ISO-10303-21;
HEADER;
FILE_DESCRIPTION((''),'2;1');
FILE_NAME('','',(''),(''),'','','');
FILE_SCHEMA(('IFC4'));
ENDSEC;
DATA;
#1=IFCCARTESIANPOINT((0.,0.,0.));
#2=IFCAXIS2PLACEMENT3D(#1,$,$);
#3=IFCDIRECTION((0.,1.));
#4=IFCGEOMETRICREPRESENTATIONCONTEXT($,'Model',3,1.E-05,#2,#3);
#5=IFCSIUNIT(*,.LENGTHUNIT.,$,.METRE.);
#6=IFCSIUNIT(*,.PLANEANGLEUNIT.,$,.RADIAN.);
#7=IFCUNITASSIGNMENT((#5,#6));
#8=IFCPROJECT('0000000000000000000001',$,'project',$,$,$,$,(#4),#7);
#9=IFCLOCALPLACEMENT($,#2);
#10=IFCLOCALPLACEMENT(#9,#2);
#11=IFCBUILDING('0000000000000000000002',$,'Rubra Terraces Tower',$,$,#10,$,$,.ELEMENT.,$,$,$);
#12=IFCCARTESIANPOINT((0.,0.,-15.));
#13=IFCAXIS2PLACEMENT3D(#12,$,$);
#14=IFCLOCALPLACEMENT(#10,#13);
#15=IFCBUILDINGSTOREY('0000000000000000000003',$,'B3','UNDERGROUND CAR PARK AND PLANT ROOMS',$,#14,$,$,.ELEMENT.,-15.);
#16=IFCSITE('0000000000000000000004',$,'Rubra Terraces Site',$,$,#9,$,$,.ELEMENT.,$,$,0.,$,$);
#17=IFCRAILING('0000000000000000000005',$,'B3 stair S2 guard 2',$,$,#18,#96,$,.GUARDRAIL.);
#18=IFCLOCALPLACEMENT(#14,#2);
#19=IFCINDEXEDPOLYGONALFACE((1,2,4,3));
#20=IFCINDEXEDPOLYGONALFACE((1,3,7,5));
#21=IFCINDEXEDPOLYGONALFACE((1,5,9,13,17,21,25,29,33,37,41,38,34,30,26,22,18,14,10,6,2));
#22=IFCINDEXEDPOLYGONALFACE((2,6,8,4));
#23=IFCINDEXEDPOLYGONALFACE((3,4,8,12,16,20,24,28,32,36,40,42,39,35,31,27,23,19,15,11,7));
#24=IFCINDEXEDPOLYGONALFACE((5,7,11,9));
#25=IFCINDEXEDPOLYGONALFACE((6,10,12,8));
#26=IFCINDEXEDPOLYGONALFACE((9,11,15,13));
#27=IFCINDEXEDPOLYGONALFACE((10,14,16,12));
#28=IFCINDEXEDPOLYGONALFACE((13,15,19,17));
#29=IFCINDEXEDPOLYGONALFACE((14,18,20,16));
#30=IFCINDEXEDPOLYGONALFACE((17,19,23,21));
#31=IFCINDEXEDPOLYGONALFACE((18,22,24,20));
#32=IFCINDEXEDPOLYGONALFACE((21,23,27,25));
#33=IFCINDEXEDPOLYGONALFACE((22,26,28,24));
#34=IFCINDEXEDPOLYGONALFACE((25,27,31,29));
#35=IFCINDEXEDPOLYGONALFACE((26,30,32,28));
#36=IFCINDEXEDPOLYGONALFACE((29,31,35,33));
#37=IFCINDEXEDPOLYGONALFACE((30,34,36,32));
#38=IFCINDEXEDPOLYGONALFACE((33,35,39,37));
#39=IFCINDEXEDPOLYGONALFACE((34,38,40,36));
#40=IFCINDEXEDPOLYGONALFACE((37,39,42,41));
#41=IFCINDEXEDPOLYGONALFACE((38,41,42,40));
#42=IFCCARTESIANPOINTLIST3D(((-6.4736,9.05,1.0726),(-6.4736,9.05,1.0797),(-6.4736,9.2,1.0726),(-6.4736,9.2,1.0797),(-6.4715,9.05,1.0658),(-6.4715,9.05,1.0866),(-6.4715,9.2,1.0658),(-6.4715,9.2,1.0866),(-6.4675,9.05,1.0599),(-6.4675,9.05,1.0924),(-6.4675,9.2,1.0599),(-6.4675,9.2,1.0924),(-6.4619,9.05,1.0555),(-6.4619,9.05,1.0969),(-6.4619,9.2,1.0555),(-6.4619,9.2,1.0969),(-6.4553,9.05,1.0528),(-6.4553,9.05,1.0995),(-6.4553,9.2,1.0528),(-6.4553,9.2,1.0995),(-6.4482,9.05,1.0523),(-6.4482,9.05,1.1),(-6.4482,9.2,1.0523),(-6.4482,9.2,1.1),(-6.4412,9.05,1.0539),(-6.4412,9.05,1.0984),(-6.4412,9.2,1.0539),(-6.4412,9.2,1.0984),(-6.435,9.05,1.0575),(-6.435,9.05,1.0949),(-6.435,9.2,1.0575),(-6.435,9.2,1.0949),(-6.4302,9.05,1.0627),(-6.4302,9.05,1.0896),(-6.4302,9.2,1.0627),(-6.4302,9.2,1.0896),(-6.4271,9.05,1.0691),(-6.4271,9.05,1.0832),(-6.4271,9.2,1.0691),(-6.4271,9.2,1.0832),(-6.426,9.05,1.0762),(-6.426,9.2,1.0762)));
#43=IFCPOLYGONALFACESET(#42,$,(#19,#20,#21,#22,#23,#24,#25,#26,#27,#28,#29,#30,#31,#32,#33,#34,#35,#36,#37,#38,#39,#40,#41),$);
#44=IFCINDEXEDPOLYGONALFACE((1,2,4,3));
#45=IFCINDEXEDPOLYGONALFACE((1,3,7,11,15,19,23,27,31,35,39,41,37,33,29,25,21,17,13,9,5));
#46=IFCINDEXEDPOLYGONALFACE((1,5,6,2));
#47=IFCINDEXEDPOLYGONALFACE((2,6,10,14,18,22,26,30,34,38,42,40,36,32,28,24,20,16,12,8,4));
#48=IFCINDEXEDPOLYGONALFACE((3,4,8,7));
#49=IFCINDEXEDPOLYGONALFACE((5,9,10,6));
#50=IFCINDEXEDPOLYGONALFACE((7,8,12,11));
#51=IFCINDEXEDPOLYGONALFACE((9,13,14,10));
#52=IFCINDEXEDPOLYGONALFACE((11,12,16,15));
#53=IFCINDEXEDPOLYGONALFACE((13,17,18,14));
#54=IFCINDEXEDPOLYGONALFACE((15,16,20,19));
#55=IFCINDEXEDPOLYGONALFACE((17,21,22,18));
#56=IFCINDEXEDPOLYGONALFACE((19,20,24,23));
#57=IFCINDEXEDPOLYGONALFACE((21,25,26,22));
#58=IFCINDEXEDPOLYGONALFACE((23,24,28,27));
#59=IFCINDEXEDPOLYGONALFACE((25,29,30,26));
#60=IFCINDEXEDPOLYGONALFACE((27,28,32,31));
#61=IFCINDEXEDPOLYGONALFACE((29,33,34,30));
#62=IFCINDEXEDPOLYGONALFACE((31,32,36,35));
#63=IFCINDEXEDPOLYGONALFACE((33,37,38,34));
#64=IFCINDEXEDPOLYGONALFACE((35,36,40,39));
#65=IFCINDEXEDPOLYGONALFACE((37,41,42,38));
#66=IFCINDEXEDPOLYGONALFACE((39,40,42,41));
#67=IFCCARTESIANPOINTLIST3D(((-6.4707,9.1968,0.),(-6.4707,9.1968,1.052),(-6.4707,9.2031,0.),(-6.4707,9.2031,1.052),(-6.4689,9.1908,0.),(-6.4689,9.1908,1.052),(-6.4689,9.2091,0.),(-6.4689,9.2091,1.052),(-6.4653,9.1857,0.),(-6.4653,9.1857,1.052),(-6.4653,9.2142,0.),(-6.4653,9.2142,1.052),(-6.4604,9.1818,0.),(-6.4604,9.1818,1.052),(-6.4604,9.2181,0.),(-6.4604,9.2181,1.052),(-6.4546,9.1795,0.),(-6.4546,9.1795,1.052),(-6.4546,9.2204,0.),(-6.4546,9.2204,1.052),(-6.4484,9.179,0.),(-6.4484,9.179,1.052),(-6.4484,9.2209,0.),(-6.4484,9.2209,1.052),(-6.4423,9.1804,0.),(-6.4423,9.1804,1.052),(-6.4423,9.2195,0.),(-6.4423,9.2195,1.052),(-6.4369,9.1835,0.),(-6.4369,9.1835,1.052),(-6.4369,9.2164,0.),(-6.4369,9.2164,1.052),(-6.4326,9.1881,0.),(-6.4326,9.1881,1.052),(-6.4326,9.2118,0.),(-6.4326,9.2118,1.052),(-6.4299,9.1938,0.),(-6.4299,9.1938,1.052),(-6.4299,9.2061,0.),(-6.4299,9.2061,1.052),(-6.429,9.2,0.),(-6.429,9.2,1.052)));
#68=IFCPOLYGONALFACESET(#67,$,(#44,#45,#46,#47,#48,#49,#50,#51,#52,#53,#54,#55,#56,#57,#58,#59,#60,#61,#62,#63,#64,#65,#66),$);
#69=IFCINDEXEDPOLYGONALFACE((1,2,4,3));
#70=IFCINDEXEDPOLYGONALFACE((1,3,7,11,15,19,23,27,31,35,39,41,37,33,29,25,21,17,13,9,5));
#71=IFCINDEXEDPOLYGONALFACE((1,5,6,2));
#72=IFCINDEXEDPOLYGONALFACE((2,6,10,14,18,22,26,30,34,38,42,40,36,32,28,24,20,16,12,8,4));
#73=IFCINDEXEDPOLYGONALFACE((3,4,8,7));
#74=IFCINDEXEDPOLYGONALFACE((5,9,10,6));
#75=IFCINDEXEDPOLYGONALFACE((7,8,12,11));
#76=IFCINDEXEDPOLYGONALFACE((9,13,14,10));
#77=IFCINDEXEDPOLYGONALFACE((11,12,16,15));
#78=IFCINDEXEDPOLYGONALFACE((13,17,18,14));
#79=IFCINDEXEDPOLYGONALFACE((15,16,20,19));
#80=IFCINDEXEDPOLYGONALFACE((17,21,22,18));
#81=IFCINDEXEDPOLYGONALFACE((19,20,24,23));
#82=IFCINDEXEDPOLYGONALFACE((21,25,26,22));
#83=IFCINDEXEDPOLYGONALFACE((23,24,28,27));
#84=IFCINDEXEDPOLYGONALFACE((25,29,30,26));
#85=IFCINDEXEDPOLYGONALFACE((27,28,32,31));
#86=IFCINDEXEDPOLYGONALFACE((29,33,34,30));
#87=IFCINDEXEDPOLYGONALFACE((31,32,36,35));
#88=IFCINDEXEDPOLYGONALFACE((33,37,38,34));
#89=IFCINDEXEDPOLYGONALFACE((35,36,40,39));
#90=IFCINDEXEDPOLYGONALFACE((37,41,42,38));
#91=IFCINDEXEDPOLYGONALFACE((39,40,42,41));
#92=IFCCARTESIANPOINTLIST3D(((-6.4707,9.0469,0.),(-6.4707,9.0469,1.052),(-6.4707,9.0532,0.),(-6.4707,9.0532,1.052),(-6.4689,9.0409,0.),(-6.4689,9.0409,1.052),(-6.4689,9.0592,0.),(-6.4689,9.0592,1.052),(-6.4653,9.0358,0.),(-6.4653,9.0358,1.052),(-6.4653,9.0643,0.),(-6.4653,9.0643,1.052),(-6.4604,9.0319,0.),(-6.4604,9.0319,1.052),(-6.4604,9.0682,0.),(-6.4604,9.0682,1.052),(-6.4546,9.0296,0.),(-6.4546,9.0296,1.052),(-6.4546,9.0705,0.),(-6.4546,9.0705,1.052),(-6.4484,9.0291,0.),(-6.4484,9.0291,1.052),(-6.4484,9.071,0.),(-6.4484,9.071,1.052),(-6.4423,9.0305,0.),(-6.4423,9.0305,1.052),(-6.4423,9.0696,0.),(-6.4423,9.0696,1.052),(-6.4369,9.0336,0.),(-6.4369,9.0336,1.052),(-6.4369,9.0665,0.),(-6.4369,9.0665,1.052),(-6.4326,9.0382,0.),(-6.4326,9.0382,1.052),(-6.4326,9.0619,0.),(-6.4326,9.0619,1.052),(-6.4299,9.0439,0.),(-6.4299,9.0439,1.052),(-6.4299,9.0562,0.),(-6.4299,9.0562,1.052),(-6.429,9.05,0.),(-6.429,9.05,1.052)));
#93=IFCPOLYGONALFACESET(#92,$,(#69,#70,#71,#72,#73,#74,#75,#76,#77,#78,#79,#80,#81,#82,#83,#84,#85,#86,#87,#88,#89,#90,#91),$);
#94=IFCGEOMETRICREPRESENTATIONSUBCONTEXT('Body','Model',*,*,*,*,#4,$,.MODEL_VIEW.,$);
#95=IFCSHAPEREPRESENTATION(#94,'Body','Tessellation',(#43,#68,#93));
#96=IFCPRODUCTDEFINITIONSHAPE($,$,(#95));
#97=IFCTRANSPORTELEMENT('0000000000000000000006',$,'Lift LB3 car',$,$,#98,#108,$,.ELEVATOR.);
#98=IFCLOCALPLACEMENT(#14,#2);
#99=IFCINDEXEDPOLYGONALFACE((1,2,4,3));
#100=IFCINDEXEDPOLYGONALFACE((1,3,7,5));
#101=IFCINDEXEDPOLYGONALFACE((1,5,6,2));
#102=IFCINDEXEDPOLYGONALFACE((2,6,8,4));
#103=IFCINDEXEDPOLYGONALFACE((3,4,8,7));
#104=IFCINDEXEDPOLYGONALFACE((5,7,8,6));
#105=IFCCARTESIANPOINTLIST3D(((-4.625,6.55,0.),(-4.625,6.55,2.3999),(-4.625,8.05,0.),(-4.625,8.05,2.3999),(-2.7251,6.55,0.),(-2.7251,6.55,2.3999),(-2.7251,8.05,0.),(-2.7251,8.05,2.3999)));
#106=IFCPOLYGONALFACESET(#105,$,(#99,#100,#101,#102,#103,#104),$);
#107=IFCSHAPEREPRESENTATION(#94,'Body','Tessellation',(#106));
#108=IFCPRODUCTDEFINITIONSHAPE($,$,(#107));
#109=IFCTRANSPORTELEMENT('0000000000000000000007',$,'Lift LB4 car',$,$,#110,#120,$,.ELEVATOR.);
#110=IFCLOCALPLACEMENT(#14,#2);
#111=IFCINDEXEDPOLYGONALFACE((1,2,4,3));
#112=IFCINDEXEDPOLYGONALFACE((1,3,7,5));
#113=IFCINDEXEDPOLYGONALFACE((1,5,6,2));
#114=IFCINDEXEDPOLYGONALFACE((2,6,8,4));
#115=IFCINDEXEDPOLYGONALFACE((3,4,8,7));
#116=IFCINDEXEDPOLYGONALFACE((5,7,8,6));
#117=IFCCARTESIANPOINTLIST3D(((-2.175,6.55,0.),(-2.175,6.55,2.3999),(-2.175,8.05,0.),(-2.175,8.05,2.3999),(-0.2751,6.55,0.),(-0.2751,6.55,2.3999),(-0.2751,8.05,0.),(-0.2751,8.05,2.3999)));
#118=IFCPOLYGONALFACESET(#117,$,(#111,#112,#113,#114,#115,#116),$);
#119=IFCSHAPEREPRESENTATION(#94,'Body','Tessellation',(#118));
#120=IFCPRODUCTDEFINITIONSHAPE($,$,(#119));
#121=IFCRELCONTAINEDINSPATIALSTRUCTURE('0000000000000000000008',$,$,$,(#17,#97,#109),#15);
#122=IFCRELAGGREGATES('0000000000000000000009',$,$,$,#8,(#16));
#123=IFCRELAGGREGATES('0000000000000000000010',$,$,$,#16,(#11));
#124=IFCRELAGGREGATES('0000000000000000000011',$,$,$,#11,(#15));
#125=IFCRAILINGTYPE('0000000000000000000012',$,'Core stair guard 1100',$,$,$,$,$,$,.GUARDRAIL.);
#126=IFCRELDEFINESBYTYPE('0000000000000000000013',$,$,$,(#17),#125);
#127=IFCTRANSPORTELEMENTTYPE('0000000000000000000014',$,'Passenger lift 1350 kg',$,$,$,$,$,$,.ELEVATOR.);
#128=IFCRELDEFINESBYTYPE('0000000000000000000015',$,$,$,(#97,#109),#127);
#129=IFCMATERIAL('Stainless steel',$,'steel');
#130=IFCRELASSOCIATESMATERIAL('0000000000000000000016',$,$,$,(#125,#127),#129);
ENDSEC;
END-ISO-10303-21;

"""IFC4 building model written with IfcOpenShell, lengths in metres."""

from ifc_helpers import new_model, si_unit, direction, frame, origin, origin_2d, place, context, subcontext, project, spatial, rectangle, circle, extrude, material, type_object, element, save


model = new_model("IFC4")

# Units and contexts
model_context = context("Model", 3, precision=1e-05, world=origin(), true_north=direction((0.0, 1.0)))
body_context = subcontext(model_context, "Body", "Model", "MODEL_VIEW")
ifc_project = project(units=[si_unit("LENGTHUNIT", "METRE"), si_unit("PLANEANGLEUNIT", "RADIAN")], contexts=[model_context])

# Site, building, storey
site_placement = place(None, origin())
site = spatial("IfcSite", under=ifc_project, at=site_placement, Name="Rubra Terraces Site", CompositionType="ELEMENT", RefElevation=0.0)
building_placement = place(site_placement, origin())
building = spatial("IfcBuilding", under=site, at=building_placement, Name="Rubra Terraces Tower", CompositionType="ELEMENT")
storey_placement = place(building_placement, frame((0.0, 0.0, -15.0)))
storey = spatial("IfcBuildingStorey", under=building, at=storey_placement, Name="B3", Description="UNDERGROUND CAR PARK AND PLANT ROOMS", CompositionType="ELEMENT", Elevation=-15.0)

# Shared definitions
ifc_material_1 = material(Name="Stainless steel", Category="steel")

# Railing
railing_type_1 = type_object("IfcRailingType", Name="Core stair guard 1100", PredefinedType="GUARDRAIL", material=ifc_material_1)
railing_1_placement = place(storey_placement, frame((-6.45, 9.2, 0.0)))
element("IfcRailing", 1, at=railing_1_placement, inside=storey, type_object=railing_type_1, Name="B3 stair S2 guard 2", PredefinedType="GUARDRAIL", context=body_context, shape_type="SweptSolid", body=[
    extrude(circle(Radius=0.0239, at=origin_2d()), frame((0.0, 0.0, 1.0762), z_axis=(0.0, -1.0, 0.0), x_axis=(1.0, 0.0, 0.0)), (0.0, 0.0, 1.0), 0.1499),
    extrude(circle(Radius=0.021, at=origin_2d()), origin(), (0.0, 0.0, 1.0), 1.052),
    extrude(circle(Radius=0.021, at=origin_2d()), frame((0.0, -0.1499, 0.0)), (0.0, 0.0, 1.0), 1.052),
])

# Transport elements
transport_element_type = type_object("IfcTransportElementType", Name="Passenger lift 1350 kg", PredefinedType="ELEVATOR", material=ifc_material_1)
for number, where, z_axis, x_axis, name in (
    (2, (-3.675, 7.3, 0.0), (0.0, 0.0, 1.0), (1.0, 0.0, 0.0), "Lift LB3 car"),
    (3, (-1.2251, 7.3, 0.0), (0.0, 0.0, 1.0), (1.0, 0.0, 0.0), "Lift LB4 car"),
):
    element("IfcTransportElement", number, at=place(storey_placement, frame(where, z_axis=z_axis, x_axis=x_axis)), inside=storey, type_object=transport_element_type, Name=name, PredefinedType="ELEVATOR", context=body_context, shape_type="SweptSolid", body=[
        extrude(rectangle(XDim=1.8999, YDim=1.5, at=origin_2d()), origin(), (0.0, 0.0, 1.0), 2.3999),
    ])

save(model, "model.ifc")
